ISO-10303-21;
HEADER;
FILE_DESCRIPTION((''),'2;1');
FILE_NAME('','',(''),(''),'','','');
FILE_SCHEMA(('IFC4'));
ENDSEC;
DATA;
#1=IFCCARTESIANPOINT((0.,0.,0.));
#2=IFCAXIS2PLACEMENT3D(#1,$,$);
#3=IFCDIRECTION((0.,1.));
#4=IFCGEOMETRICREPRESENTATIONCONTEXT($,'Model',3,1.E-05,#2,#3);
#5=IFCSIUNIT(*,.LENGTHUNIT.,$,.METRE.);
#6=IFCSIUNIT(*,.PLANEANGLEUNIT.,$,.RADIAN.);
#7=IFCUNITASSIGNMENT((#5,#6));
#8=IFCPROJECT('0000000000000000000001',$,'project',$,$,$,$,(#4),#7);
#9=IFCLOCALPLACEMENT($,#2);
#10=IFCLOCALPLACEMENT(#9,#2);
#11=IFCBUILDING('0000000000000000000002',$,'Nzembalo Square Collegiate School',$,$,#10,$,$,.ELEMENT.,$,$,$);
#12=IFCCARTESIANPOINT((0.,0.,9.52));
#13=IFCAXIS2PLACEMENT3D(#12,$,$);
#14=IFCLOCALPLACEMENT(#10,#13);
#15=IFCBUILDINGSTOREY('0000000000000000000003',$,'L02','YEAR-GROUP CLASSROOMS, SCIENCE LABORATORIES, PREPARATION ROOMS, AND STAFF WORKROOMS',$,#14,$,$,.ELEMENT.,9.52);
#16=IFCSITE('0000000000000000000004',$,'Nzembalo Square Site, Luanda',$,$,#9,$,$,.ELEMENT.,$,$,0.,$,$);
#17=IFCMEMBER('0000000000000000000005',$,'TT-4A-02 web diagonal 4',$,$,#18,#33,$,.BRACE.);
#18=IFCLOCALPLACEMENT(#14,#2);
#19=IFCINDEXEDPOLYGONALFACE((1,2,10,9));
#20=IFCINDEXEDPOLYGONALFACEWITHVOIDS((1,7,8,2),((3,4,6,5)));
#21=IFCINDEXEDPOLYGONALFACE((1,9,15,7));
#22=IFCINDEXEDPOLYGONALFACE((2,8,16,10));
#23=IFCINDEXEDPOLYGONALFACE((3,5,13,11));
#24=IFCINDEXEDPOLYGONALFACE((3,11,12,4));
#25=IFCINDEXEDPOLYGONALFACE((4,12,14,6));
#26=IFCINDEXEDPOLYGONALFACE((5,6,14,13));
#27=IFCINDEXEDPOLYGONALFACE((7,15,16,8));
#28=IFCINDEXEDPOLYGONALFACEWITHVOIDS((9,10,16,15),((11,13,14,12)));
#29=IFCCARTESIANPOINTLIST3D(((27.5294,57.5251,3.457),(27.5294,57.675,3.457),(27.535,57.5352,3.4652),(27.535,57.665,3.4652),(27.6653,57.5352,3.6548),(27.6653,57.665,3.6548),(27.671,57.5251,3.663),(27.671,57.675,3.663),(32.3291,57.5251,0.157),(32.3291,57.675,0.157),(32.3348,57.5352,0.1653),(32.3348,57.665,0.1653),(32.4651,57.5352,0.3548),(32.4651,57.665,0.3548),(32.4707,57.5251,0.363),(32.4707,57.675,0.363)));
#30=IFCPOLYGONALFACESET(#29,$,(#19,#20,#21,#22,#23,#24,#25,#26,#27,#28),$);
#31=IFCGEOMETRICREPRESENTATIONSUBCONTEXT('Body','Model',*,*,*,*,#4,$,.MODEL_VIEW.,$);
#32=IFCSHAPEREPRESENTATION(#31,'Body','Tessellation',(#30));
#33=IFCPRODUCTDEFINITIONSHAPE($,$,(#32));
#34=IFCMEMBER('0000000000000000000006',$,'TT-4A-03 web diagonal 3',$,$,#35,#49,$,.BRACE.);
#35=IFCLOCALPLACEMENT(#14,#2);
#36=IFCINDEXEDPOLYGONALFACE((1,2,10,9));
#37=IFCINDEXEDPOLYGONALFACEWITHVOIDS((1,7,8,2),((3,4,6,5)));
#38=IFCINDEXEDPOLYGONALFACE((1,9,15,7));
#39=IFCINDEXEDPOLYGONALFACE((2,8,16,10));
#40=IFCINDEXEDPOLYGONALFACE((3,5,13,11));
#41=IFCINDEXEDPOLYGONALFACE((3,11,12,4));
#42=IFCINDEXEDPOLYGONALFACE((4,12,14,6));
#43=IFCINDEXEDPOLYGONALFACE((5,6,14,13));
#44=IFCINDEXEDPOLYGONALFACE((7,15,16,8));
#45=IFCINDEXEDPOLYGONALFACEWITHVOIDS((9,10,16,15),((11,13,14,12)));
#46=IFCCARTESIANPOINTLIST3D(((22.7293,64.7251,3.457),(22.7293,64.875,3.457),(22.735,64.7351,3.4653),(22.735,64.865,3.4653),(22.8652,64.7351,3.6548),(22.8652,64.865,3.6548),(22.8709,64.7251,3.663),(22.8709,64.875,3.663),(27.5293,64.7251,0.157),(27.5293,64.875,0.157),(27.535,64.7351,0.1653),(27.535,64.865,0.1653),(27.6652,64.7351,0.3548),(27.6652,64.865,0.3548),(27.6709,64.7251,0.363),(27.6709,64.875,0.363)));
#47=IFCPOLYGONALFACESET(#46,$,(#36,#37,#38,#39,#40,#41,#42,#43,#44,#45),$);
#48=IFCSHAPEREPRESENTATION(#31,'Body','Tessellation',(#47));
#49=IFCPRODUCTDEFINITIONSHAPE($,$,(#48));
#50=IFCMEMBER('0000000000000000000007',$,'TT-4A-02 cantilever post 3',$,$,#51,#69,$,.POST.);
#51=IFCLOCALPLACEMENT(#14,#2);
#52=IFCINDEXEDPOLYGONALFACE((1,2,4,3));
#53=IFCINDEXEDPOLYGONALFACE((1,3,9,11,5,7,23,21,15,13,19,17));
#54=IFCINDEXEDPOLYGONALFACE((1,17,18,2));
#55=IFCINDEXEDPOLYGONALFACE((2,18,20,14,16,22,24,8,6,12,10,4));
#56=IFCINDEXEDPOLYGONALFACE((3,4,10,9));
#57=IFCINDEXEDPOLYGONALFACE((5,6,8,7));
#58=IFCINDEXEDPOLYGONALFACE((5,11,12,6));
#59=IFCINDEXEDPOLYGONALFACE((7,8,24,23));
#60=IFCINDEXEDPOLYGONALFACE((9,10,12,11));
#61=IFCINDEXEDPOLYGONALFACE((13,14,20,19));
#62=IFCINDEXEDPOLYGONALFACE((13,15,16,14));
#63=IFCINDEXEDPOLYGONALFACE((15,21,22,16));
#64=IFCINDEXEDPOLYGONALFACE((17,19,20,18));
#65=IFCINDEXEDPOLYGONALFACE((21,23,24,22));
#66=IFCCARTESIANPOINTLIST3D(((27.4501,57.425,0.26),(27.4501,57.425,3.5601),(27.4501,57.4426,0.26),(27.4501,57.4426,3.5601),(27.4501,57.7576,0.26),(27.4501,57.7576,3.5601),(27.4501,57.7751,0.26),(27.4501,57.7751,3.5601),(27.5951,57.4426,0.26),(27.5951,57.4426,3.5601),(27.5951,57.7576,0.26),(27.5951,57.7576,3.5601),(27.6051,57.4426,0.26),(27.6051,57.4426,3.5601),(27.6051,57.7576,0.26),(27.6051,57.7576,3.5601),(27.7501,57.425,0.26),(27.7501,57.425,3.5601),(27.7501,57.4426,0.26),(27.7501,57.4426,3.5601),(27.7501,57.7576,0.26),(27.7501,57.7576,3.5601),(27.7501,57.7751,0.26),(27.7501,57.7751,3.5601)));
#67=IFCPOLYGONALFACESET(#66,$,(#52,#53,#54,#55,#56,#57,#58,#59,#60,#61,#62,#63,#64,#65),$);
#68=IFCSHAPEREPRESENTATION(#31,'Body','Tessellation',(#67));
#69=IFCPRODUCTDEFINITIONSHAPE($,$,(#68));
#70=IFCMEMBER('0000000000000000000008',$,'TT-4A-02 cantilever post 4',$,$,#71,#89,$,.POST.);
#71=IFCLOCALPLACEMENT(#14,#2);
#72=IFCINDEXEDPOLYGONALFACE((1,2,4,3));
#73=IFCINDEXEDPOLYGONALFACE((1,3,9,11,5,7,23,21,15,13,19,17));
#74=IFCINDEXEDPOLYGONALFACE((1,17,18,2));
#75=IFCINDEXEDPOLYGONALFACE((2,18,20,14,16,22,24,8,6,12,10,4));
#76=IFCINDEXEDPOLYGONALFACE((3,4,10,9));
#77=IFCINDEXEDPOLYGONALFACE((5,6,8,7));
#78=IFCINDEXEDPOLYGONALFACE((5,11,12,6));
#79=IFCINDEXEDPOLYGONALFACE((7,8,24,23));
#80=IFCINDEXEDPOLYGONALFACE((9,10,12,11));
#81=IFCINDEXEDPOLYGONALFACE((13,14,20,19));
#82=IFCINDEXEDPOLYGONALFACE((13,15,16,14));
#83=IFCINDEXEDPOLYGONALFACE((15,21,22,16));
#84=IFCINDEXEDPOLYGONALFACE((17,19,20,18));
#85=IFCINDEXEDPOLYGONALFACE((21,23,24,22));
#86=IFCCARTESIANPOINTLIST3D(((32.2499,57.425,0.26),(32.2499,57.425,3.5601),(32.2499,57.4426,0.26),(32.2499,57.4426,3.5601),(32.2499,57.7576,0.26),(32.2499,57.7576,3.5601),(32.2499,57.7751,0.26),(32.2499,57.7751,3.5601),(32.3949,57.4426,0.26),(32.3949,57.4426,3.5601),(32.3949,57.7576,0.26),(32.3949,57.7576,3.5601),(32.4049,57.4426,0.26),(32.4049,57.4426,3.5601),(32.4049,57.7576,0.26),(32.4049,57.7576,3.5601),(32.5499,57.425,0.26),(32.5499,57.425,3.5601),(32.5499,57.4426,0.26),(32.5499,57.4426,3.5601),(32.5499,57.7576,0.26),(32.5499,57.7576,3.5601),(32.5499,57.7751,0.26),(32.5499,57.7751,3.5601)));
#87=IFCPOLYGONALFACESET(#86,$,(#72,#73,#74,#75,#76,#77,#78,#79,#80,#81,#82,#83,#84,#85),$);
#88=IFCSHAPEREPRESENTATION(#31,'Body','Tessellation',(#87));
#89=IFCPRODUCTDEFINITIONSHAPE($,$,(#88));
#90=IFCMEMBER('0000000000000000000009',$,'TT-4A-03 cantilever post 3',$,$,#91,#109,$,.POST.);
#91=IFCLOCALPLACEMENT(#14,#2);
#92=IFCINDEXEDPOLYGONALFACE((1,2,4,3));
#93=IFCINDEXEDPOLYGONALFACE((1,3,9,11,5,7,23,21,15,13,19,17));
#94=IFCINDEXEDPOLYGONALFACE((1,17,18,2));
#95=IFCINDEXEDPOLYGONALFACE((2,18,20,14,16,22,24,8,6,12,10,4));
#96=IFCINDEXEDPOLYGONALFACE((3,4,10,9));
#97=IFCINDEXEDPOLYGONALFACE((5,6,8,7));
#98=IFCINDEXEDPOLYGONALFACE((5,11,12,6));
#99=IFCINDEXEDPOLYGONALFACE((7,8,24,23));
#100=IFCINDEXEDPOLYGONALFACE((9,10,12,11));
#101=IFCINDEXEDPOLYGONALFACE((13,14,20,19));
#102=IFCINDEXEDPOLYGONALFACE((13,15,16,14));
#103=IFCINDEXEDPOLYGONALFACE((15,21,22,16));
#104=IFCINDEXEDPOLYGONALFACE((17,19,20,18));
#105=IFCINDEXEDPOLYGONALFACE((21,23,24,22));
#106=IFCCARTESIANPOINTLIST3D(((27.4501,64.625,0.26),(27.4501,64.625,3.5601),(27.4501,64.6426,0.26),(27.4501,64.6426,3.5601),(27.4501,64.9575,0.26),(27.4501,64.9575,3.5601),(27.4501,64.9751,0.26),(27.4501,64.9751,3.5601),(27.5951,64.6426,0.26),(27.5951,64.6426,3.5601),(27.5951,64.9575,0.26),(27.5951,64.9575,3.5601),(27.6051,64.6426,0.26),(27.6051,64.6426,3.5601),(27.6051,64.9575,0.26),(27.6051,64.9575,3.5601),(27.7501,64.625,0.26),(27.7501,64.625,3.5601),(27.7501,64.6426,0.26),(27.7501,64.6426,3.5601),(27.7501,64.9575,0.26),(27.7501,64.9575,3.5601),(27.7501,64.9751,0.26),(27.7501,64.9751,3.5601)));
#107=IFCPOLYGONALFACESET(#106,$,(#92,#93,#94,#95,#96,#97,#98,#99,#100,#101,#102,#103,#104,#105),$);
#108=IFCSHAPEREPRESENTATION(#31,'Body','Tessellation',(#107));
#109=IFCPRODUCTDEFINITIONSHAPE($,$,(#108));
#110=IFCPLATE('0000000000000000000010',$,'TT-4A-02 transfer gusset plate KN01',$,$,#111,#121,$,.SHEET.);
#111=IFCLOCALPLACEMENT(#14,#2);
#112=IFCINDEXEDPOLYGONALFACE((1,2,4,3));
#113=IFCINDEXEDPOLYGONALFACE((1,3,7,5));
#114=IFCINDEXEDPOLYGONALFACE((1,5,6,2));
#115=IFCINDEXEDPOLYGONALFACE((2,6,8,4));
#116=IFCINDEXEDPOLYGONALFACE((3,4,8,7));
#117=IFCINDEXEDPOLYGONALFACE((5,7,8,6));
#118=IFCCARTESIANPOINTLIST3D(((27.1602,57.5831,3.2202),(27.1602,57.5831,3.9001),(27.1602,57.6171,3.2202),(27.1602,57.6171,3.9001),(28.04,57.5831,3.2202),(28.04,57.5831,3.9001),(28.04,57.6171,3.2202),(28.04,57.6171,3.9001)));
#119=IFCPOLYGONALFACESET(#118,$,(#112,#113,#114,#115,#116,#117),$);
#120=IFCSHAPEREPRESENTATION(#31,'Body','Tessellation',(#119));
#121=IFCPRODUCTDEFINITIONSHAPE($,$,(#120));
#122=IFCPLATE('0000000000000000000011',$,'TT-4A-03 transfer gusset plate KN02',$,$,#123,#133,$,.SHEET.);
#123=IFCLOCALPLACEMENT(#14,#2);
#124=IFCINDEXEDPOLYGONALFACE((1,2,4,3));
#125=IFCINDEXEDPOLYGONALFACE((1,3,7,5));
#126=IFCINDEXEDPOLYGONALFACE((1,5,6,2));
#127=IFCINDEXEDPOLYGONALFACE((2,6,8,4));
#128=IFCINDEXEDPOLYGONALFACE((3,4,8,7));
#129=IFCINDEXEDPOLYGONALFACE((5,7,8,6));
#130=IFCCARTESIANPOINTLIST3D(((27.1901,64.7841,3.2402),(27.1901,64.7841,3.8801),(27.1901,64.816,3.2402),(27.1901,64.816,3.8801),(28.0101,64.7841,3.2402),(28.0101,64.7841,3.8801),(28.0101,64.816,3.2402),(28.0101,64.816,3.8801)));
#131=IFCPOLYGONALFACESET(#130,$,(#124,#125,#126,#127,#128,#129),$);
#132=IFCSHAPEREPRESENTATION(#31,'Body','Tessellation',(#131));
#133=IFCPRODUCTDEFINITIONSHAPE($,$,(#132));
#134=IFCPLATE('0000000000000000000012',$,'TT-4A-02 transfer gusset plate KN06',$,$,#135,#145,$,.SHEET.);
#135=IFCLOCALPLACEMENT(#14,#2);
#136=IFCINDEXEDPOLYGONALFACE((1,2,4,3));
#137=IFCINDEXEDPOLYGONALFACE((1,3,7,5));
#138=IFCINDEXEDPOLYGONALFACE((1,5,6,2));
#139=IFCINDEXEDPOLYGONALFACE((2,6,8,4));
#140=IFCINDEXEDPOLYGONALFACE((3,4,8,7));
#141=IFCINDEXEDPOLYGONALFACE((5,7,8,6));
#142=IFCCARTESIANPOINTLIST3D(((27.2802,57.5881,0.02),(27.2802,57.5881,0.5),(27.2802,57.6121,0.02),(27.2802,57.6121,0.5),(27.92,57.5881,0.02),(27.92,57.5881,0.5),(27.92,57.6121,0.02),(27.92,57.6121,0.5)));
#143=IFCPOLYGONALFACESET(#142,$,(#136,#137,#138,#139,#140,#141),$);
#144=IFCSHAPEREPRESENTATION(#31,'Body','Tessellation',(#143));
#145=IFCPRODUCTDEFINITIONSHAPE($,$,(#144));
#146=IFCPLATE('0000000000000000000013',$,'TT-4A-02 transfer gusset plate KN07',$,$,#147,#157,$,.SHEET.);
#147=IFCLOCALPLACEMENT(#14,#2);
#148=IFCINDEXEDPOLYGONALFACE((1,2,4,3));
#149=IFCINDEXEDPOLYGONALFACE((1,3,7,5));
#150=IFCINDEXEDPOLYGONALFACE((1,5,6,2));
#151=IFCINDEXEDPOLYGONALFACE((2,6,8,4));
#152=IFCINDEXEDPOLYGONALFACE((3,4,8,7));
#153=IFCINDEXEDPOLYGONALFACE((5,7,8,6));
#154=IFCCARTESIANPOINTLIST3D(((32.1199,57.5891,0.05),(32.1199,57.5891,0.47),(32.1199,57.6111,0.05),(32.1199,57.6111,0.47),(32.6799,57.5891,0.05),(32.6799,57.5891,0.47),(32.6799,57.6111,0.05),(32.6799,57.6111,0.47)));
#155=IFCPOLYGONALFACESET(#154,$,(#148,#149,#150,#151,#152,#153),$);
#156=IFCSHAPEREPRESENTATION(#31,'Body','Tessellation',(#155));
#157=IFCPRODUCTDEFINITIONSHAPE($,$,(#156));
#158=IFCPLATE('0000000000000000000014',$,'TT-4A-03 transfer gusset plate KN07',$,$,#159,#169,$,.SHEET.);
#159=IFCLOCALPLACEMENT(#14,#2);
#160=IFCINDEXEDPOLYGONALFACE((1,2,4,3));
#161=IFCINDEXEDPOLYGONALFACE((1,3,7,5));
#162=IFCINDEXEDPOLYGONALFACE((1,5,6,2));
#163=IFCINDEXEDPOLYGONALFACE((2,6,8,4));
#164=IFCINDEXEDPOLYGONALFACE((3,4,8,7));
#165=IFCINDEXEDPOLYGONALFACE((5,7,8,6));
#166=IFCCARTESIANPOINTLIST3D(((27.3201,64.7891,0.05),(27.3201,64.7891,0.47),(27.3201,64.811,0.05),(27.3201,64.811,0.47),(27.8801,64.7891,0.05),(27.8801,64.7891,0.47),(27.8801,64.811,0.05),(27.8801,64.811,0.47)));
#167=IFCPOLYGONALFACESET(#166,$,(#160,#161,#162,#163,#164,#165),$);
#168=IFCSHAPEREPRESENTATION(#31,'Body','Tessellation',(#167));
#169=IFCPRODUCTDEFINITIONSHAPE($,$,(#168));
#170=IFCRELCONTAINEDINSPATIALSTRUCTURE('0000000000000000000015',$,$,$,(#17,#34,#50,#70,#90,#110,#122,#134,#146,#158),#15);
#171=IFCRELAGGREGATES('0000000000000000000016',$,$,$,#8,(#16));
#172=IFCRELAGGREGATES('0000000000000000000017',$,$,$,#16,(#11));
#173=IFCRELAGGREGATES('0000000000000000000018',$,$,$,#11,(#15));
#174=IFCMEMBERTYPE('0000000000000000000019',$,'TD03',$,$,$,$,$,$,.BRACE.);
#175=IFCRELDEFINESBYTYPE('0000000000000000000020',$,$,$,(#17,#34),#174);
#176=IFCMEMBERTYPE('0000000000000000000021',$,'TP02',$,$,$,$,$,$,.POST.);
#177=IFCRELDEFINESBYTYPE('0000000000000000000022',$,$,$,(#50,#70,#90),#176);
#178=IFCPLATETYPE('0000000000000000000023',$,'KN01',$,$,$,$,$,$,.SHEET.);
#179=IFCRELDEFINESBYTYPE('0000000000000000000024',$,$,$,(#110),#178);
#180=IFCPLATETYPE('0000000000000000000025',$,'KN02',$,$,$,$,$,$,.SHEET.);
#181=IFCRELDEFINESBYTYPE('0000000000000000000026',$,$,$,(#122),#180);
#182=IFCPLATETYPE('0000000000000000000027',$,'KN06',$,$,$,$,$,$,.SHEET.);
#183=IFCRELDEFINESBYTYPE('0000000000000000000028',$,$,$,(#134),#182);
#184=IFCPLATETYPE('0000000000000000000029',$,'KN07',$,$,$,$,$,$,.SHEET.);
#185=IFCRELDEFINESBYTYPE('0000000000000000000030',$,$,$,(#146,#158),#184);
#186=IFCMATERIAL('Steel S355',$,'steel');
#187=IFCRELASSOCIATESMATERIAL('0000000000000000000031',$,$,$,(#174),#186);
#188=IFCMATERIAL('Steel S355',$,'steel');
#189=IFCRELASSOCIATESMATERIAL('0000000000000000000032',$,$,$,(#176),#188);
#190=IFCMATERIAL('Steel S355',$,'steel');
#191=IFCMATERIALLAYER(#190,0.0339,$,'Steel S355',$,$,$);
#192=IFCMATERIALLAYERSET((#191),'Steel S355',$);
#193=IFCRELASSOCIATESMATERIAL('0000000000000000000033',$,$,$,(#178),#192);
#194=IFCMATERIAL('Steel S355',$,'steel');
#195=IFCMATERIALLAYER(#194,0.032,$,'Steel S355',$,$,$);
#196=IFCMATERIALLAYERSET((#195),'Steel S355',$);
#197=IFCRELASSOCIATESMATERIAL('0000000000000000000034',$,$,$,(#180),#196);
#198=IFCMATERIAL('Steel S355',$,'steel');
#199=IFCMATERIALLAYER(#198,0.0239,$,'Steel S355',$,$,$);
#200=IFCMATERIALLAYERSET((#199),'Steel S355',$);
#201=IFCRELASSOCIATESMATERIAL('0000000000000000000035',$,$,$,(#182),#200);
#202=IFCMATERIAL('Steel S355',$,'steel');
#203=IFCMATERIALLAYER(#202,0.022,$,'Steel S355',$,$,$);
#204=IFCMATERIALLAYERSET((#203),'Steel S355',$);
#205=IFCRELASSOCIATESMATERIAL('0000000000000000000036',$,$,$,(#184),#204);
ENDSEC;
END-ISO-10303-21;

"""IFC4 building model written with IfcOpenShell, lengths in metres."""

from ifc_helpers import new_model, si_unit, direction, frame, origin, origin_2d, place, context, subcontext, project, spatial, rectangle, hollow_rectangle, i_section, extrude, material, layer, layer_set, material_profile, profile_set, type_object, element, save


model = new_model("IFC4")

# Units and contexts
model_context = context("Model", 3, precision=1e-05, world=origin(), true_north=direction((0.0, 1.0)))
body_context = subcontext(model_context, "Body", "Model", "MODEL_VIEW")
ifc_project = project(units=[si_unit("LENGTHUNIT", "METRE"), si_unit("PLANEANGLEUNIT", "RADIAN")], contexts=[model_context])

# Site, building, storey
site_placement = place(None, origin())
site = spatial("IfcSite", under=ifc_project, at=site_placement, Name="Nzembalo Square Site, Luanda", CompositionType="ELEMENT", RefElevation=0.0)
building_placement = place(site_placement, origin())
building = spatial("IfcBuilding", under=site, at=building_placement, Name="Nzembalo Square Collegiate School", CompositionType="ELEMENT")
storey_placement = place(building_placement, frame((0.0, 0.0, 9.52)))
storey = spatial("IfcBuildingStorey", under=building, at=storey_placement, Name="L02", Description="YEAR-GROUP CLASSROOMS, SCIENCE LABORATORIES, PREPARATION ROOMS, AND STAFF WORKROOMS", CompositionType="ELEMENT", Elevation=9.52)

# Members
ifc_material_1 = material(Name="Steel S355", Category="steel")
ifc_material_profile_1 = material_profile(ifc_material_1, hollow_rectangle(XDim=0.1499, YDim=0.25, WallThickness=0.01, at=origin_2d()), Name="RHS 250x150x10")
ifc_profile_set_1 = profile_set([ifc_material_profile_1], Name="Steel S355")
member_type_1 = type_object("IfcMemberType", Name="TD03", PredefinedType="BRACE", material=ifc_profile_set_1)
member_1_placement = place(storey_placement, frame((32.3999, 57.6001, 0.26), z_axis=(-0.824027, 0.0, 0.56655), x_axis=(0.0, -1.0, 0.0)))
element("IfcMember", 1, at=member_1_placement, inside=storey, type_object=member_type_1, Name="TT-4A-02 web diagonal 4", PredefinedType="BRACE", context=body_context, shape_type="SweptSolid", body=[
    extrude(hollow_rectangle(XDim=0.1499, YDim=0.25, WallThickness=0.01, at=origin_2d()), origin(), (0.0, 0.0, 1.0), 5.8247),
])
member_2_placement = place(storey_placement, frame((27.6001, 64.8, 0.26), z_axis=(-0.824041, 0.0, 0.566531), x_axis=(0.0, -1.0, 0.0)))
element("IfcMember", 2, at=member_2_placement, inside=storey, type_object=member_type_1, Name="TT-4A-03 web diagonal 3", PredefinedType="BRACE", context=body_context, shape_type="SweptSolid", body=[
    extrude(hollow_rectangle(XDim=0.1499, YDim=0.25, WallThickness=0.01, at=origin_2d()), origin(), (0.0, 0.0, 1.0), 5.825),
])
ifc_material_2 = material(Name="Steel S355", Category="steel")
ifc_material_profile_2 = material_profile(ifc_material_2, i_section(OverallWidth=0.3, OverallDepth=0.3501, WebThickness=0.01, FlangeThickness=0.0176, at=origin_2d()), Name="HEA 360")
ifc_profile_set_2 = profile_set([ifc_material_profile_2], Name="Steel S355")
member_type_2 = type_object("IfcMemberType", Name="TP02", PredefinedType="POST", material=ifc_profile_set_2)
for number, where, z_axis, x_axis, name in (
    (3, (27.6001, 57.6001, 0.26), (0.0, 0.0, 1.0), (1.0, 0.0, 0.0), "TT-4A-02 cantilever post 3"),
    (4, (32.3999, 57.6001, 0.26), (0.0, 0.0, 1.0), (1.0, 0.0, 0.0), "TT-4A-02 cantilever post 4"),
    (5, (27.6001, 64.8, 0.26), (0.0, 0.0, 1.0), (1.0, 0.0, 0.0), "TT-4A-03 cantilever post 3"),
):
    element("IfcMember", number, at=place(storey_placement, frame(where, z_axis=z_axis, x_axis=x_axis)), inside=storey, type_object=member_type_2, Name=name, PredefinedType="POST", context=body_context, shape_type="SweptSolid", body=[
        extrude(i_section(OverallWidth=0.3, OverallDepth=0.3501, WebThickness=0.01, FlangeThickness=0.0176, at=origin_2d()), origin(), (0.0, 0.0, 1.0), 3.3),
    ])

# Plates
ifc_material_3 = material(Name="Steel S355", Category="steel")
ifc_layer_1 = layer(ifc_material_3, 0.0339, Name="Steel S355")
ifc_layer_set_1 = layer_set([ifc_layer_1], Name="Steel S355")
plate_type_1 = type_object("IfcPlateType", Name="KN01", PredefinedType="SHEET", material=ifc_layer_set_1)
plate_1_placement = place(storey_placement, frame((27.6001, 57.6001, 3.2202), z_axis=(0.0, 0.0, 1.0), x_axis=(1.0, 0.0, 0.0)))
element("IfcPlate", 6, at=plate_1_placement, inside=storey, type_object=plate_type_1, Name="TT-4A-02 transfer gusset plate KN01", PredefinedType="SHEET", context=body_context, shape_type="SweptSolid", body=[
    extrude(rectangle(XDim=0.8799, YDim=0.0339, at=origin_2d()), origin(), (0.0, 0.0, 1.0), 0.6799),
])
ifc_material_4 = material(Name="Steel S355", Category="steel")
ifc_layer_2 = layer(ifc_material_4, 0.032, Name="Steel S355")
ifc_layer_set_2 = layer_set([ifc_layer_2], Name="Steel S355")
plate_type_2 = type_object("IfcPlateType", Name="KN02", PredefinedType="SHEET", material=ifc_layer_set_2)
plate_2_placement = place(storey_placement, frame((27.6001, 64.8, 3.2402), z_axis=(0.0, 0.0, 1.0), x_axis=(1.0, 0.0, 0.0)))
element("IfcPlate", 7, at=plate_2_placement, inside=storey, type_object=plate_type_2, Name="TT-4A-03 transfer gusset plate KN02", PredefinedType="SHEET", context=body_context, shape_type="SweptSolid", body=[
    extrude(rectangle(XDim=0.8201, YDim=0.032, at=origin_2d()), origin(), (0.0, 0.0, 1.0), 0.6399),
])
ifc_material_5 = material(Name="Steel S355", Category="steel")
ifc_layer_3 = layer(ifc_material_5, 0.0239, Name="Steel S355")
ifc_layer_set_3 = layer_set([ifc_layer_3], Name="Steel S355")
plate_type_3 = type_object("IfcPlateType", Name="KN06", PredefinedType="SHEET", material=ifc_layer_set_3)
plate_3_placement = place(storey_placement, frame((27.6001, 57.6001, 0.02), z_axis=(0.0, 0.0, 1.0), x_axis=(1.0, 0.0, 0.0)))
element("IfcPlate", 8, at=plate_3_placement, inside=storey, type_object=plate_type_3, Name="TT-4A-02 transfer gusset plate KN06", PredefinedType="SHEET", context=body_context, shape_type="SweptSolid", body=[
    extrude(rectangle(XDim=0.6399, YDim=0.0239, at=origin_2d()), origin(), (0.0, 0.0, 1.0), 0.48),
])
ifc_material_6 = material(Name="Steel S355", Category="steel")
ifc_layer_4 = layer(ifc_material_6, 0.022, Name="Steel S355")
ifc_layer_set_4 = layer_set([ifc_layer_4], Name="Steel S355")
plate_type_4 = type_object("IfcPlateType", Name="KN07", PredefinedType="SHEET", material=ifc_layer_set_4)
for number, where, z_axis, x_axis, name in (
    (9, (32.3999, 57.6001, 0.05), (0.0, 0.0, 1.0), (1.0, 0.0, 0.0), "TT-4A-02 transfer gusset plate KN07"),
    (10, (27.6001, 64.8, 0.05), (0.0, 0.0, 1.0), (1.0, 0.0, 0.0), "TT-4A-03 transfer gusset plate KN07"),
):
    element("IfcPlate", number, at=place(storey_placement, frame(where, z_axis=z_axis, x_axis=x_axis)), inside=storey, type_object=plate_type_4, Name=name, PredefinedType="SHEET", context=body_context, shape_type="SweptSolid", body=[
        extrude(rectangle(XDim=0.5601, YDim=0.022, at=origin_2d()), origin(), (0.0, 0.0, 1.0), 0.4199),
    ])

save(model, "model.ifc")
